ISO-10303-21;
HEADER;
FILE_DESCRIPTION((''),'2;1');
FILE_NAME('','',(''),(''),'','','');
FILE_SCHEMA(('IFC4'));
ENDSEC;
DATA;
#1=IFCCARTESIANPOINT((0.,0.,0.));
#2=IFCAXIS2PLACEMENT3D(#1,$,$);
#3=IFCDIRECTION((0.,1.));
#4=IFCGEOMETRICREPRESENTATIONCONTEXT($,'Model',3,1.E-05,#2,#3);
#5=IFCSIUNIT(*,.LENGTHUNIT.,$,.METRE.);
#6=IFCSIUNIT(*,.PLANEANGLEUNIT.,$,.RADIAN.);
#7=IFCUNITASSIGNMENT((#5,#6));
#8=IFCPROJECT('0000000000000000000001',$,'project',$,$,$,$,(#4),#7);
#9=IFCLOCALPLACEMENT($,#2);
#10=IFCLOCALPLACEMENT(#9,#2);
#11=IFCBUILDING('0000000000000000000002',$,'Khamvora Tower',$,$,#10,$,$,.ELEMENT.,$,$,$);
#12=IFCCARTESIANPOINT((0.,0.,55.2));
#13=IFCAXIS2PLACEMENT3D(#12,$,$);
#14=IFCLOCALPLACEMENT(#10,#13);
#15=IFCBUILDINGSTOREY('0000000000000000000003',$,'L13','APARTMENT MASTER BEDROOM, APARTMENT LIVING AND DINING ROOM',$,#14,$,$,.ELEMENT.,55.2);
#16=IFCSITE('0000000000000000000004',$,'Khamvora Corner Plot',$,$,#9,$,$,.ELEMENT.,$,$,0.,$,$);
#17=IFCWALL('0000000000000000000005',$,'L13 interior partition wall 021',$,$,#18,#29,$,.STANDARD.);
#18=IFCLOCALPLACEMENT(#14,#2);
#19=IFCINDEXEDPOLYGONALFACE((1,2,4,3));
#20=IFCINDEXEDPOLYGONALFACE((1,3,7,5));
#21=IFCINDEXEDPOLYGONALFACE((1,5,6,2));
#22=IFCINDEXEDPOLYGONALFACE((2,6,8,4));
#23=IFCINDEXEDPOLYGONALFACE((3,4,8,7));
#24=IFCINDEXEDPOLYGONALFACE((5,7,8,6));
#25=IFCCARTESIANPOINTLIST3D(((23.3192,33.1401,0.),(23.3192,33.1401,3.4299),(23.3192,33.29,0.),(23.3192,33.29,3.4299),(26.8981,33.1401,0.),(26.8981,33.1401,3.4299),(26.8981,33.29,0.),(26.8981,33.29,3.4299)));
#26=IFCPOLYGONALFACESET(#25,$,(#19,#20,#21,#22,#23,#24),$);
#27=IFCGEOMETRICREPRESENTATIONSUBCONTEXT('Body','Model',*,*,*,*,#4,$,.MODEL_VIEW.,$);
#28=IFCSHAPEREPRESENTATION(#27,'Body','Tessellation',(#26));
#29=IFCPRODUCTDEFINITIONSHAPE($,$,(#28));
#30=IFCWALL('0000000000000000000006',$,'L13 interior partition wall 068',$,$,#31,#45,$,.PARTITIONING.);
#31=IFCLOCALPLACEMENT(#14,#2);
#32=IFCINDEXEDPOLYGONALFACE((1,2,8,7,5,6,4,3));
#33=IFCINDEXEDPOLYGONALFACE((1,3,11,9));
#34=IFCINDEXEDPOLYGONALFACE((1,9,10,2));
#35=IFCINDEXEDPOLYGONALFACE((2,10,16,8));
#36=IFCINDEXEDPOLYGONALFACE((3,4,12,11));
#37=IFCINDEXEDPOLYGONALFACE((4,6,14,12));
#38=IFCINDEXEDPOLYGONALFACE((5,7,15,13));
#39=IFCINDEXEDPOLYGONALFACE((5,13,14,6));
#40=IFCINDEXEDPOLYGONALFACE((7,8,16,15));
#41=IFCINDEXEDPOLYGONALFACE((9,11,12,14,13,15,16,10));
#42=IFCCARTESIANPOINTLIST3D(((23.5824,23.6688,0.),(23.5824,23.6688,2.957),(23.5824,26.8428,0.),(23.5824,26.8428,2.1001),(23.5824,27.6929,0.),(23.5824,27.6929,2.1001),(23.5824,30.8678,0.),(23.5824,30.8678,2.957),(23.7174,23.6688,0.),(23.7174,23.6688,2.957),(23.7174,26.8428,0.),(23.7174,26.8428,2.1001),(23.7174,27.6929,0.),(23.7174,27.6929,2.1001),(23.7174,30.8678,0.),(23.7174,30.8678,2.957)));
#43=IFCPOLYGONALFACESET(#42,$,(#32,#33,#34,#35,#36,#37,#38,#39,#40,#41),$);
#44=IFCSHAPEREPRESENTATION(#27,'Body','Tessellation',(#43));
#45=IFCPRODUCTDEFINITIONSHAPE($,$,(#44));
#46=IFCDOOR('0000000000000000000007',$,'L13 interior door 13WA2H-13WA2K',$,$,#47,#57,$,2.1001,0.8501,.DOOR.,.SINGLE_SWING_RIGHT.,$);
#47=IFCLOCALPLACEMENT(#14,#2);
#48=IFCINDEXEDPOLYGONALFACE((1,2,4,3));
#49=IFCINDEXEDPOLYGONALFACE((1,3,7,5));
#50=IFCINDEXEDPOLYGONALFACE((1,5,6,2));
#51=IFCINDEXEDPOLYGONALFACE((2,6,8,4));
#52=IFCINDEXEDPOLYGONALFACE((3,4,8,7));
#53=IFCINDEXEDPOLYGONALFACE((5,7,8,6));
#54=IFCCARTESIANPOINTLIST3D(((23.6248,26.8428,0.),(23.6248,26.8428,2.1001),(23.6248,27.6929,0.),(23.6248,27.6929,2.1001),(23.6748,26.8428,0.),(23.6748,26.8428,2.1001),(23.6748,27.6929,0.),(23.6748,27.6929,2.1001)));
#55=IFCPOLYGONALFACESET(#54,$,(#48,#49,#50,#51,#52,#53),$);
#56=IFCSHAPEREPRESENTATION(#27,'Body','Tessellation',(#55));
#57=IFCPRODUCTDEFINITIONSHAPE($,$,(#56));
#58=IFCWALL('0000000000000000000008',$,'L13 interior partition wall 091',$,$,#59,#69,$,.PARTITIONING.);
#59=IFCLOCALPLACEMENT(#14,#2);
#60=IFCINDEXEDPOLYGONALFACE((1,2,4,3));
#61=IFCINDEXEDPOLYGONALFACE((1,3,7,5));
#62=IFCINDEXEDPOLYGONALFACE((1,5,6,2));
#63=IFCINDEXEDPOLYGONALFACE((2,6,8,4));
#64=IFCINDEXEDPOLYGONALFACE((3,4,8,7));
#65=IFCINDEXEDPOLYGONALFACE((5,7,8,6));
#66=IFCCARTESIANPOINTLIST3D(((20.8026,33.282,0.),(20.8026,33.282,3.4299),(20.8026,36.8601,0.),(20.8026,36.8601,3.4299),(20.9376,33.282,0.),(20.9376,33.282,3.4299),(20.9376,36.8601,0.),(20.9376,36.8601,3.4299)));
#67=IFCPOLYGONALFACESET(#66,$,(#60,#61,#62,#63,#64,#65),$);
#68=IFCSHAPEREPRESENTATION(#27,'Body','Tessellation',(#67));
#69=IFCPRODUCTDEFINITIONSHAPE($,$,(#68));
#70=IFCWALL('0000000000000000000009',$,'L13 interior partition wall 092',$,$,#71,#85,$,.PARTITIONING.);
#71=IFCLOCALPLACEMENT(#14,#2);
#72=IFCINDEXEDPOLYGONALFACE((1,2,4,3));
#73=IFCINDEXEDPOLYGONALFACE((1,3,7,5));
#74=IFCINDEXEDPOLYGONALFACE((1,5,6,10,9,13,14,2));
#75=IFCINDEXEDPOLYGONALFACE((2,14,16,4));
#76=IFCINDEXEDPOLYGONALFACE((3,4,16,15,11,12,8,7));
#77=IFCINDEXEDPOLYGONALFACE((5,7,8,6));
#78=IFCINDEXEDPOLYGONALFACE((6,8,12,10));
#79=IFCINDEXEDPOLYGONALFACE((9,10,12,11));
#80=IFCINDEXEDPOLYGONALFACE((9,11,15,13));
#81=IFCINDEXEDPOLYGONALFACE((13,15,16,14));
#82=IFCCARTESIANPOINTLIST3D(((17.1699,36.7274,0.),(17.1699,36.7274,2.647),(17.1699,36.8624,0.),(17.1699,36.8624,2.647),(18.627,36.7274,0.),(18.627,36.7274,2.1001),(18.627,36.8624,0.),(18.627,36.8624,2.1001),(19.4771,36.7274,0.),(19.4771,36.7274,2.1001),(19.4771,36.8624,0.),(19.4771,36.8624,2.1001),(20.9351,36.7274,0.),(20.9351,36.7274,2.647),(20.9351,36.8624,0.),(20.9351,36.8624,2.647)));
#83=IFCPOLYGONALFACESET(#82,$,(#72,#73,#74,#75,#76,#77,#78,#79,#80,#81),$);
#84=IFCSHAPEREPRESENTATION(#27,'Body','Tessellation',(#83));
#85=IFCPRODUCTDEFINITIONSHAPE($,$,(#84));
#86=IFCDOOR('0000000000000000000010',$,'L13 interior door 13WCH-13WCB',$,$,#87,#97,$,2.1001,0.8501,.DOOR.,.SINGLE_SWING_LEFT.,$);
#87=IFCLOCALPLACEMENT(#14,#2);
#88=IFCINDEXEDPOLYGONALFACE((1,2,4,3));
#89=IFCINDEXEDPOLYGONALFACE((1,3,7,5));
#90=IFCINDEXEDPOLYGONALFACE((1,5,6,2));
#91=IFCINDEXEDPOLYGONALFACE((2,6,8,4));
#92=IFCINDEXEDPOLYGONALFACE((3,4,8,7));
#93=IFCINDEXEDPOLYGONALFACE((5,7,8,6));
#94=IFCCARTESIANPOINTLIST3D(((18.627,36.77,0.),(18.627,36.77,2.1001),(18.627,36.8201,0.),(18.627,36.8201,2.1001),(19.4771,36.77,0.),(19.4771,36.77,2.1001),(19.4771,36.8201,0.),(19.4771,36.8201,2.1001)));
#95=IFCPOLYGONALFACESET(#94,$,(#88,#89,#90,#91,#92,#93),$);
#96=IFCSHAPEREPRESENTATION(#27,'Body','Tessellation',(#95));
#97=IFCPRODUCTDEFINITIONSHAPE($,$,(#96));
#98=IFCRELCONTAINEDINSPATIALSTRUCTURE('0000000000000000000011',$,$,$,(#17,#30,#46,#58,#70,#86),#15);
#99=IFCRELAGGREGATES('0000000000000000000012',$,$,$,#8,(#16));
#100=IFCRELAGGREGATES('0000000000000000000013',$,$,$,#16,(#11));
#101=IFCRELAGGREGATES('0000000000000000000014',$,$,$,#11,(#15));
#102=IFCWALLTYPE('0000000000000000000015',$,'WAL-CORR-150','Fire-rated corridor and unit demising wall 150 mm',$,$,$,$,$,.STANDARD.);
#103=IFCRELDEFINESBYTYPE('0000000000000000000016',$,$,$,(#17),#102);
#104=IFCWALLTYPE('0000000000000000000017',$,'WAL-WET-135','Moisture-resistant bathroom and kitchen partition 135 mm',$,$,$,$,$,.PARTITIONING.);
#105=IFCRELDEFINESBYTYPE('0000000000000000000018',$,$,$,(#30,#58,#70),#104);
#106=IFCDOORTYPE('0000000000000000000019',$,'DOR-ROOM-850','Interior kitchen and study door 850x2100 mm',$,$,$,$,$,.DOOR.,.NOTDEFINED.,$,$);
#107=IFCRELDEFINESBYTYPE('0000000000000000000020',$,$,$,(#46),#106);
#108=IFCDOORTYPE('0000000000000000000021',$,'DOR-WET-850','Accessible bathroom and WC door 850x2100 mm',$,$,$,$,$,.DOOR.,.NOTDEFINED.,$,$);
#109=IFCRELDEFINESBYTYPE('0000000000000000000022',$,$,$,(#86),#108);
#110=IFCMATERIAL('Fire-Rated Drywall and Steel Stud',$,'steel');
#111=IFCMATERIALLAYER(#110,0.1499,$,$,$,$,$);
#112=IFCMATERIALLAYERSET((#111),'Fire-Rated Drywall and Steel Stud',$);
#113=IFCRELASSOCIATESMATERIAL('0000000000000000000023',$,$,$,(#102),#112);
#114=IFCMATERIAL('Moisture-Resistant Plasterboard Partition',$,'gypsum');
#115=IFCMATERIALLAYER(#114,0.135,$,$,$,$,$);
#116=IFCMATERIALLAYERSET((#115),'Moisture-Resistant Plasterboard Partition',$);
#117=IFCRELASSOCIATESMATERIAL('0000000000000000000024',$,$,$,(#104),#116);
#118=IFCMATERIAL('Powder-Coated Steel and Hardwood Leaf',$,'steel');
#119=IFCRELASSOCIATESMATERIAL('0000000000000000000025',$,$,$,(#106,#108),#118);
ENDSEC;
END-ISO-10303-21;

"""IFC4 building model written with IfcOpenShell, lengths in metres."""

from ifc_helpers import new_model, si_unit, direction, frame, frame_2d, origin, place, context, subcontext, project, spatial, rectangle, extrude, material, layer, layer_set, type_object, element, fill, save


model = new_model("IFC4")

# Units and contexts
model_context = context("Model", 3, precision=1e-05, world=origin(), true_north=direction((0.0, 1.0)))
body_context = subcontext(model_context, "Body", "Model", "MODEL_VIEW")
ifc_project = project(units=[si_unit("LENGTHUNIT", "METRE"), si_unit("PLANEANGLEUNIT", "RADIAN")], contexts=[model_context])

# Site, building, storey
site_placement = place(None, origin())
site = spatial("IfcSite", under=ifc_project, at=site_placement, Name="Khamvora Corner Plot", CompositionType="ELEMENT", RefElevation=0.0)
building_placement = place(site_placement, origin())
building = spatial("IfcBuilding", under=site, at=building_placement, Name="Khamvora Tower", CompositionType="ELEMENT")
storey_placement = place(building_placement, frame((0.0, 0.0, 55.2)))
storey = spatial("IfcBuildingStorey", under=building, at=storey_placement, Name="L13", Description="APARTMENT MASTER BEDROOM, APARTMENT LIVING AND DINING ROOM", CompositionType="ELEMENT", Elevation=55.2)

# Shared definitions
ifc_material_1 = material(Name="Fire-Rated Drywall and Steel Stud", Category="steel")
ifc_layer_1 = layer(ifc_material_1, 0.1499)
ifc_layer_set_1 = layer_set([ifc_layer_1], Name="Fire-Rated Drywall and Steel Stud")
wall_type_1 = type_object("IfcWallType", Name="WAL-CORR-150", Description="Fire-rated corridor and unit demising wall 150 mm", PredefinedType="STANDARD", material=ifc_layer_set_1)

# Shared definitions
ifc_material_2 = material(Name="Powder-Coated Steel and Hardwood Leaf", Category="steel")

# Wall
wall_1_placement = place(storey_placement, frame((23.3191, 33.2151, 0.0), z_axis=(0.0, 0.0, 1.0), x_axis=(1.0, 0.0, 0.0)))
element("IfcWall", 1, at=wall_1_placement, inside=storey, type_object=wall_type_1, Name="L13 interior partition wall 021", PredefinedType="STANDARD", context=body_context, shape_type="SweptSolid", body=[
    extrude(rectangle(XDim=3.5789, YDim=0.1499, at=frame_2d((1.7896, 0.0))), origin(), (0.0, 0.0, 1.0), 3.4299),
])

# Wall, opening, door
ifc_material_3 = material(Name="Moisture-Resistant Plasterboard Partition", Category="gypsum")
ifc_layer_2 = layer(ifc_material_3, 0.135)
ifc_layer_set_2 = layer_set([ifc_layer_2], Name="Moisture-Resistant Plasterboard Partition")
wall_type_2 = type_object("IfcWallType", Name="WAL-WET-135", Description="Moisture-resistant bathroom and kitchen partition 135 mm", PredefinedType="PARTITIONING", material=ifc_layer_set_2)
wall_2_placement = place(storey_placement, frame((23.6499, 30.8679, 0.0), z_axis=(0.0, 0.0, 1.0), x_axis=(0.0, -1.0, 0.0)))
wall_2 = element("IfcWall", 2, at=wall_2_placement, inside=storey, type_object=wall_type_2, Name="L13 interior partition wall 068", PredefinedType="PARTITIONING", context=body_context, shape_type="SweptSolid", body=[
    extrude(rectangle(XDim=7.199, YDim=0.135, at=frame_2d((3.5996, 0.0))), origin(), (0.0, 0.0, 1.0), 2.957),
])
opening_1_placement = place(wall_2_placement, frame((3.175, 0.0, 0.0)))
opening_1 = element("IfcOpeningElement", 3, at=opening_1_placement, cuts=wall_2, PredefinedType="OPENING", context=body_context, shape_type="SweptSolid", body=[
    extrude(rectangle(XDim=0.8501, YDim=2.1001, at=frame_2d((0.425, 1.05))), frame((0.0, 0.0774, 0.0), z_axis=(0.0, -1.0, 0.0), x_axis=(1.0, 0.0, 0.0)), (0.0, 0.0, 1.0), 0.155),
])
door_type_1 = type_object("IfcDoorType", Name="DOR-ROOM-850", Description="Interior kitchen and study door 850x2100 mm", OperationType="NOTDEFINED", PredefinedType="DOOR", material=ifc_material_2)
door_1_placement = place(opening_1_placement, origin())
door_1 = element("IfcDoor", 4, at=door_1_placement, inside=storey, type_object=door_type_1, Name="L13 interior door 13WA2H-13WA2K", OperationType="SINGLE_SWING_RIGHT", OverallHeight=2.1001, OverallWidth=0.8501, PredefinedType="DOOR", context=body_context, shape_type="SweptSolid", body=[
    extrude(rectangle(XDim=0.8501, YDim=2.1001, at=frame_2d((0.425, 1.05))), frame((0.0, 0.0249, 0.0), z_axis=(0.0, -1.0, 0.0), x_axis=(1.0, 0.0, 0.0)), (0.0, 0.0, 1.0), 0.05),
])
fill(opening_1, door_1)

# Wall
wall_3_placement = place(storey_placement, frame((20.8701, 33.282, 0.0), z_axis=(0.0, 0.0, 1.0), x_axis=(0.0, 1.0, 0.0)))
element("IfcWall", 5, at=wall_3_placement, inside=storey, type_object=wall_type_2, Name="L13 interior partition wall 091", PredefinedType="PARTITIONING", context=body_context, shape_type="SweptSolid", body=[
    extrude(rectangle(XDim=3.5781, YDim=0.135, at=frame_2d((1.7891, 0.0))), origin(), (0.0, 0.0, 1.0), 3.4299),
])

# Wall, opening, door
wall_4_placement = place(storey_placement, frame((20.9351, 36.7949, 0.0), z_axis=(0.0, 0.0, 1.0), x_axis=(-1.0, 0.0, 0.0)))
wall_4 = element("IfcWall", 6, at=wall_4_placement, inside=storey, type_object=wall_type_2, Name="L13 interior partition wall 092", PredefinedType="PARTITIONING", context=body_context, shape_type="SweptSolid", body=[
    extrude(rectangle(XDim=3.7651, YDim=0.135, at=frame_2d((1.8826, 0.0))), origin(), (0.0, 0.0, 1.0), 2.647),
])
opening_2_placement = place(wall_4_placement, frame((1.458, 0.0, 0.0)))
opening_2 = element("IfcOpeningElement", 7, at=opening_2_placement, cuts=wall_4, PredefinedType="OPENING", context=body_context, shape_type="SweptSolid", body=[
    extrude(rectangle(XDim=0.8501, YDim=2.1001, at=frame_2d((0.425, 1.05))), frame((0.0, 0.0774, 0.0), z_axis=(0.0, -1.0, 0.0), x_axis=(1.0, 0.0, 0.0)), (0.0, 0.0, 1.0), 0.155),
])
door_type_2 = type_object("IfcDoorType", Name="DOR-WET-850", Description="Accessible bathroom and WC door 850x2100 mm", OperationType="NOTDEFINED", PredefinedType="DOOR", material=ifc_material_2)
door_2_placement = place(opening_2_placement, origin())
door_2 = element("IfcDoor", 8, at=door_2_placement, inside=storey, type_object=door_type_2, Name="L13 interior door 13WCH-13WCB", OperationType="SINGLE_SWING_LEFT", OverallHeight=2.1001, OverallWidth=0.8501, PredefinedType="DOOR", context=body_context, shape_type="SweptSolid", body=[
    extrude(rectangle(XDim=0.8501, YDim=2.1001, at=frame_2d((0.425, 1.05))), frame((0.0, 0.0249, 0.0), z_axis=(0.0, -1.0, 0.0), x_axis=(1.0, 0.0, 0.0)), (0.0, 0.0, 1.0), 0.05),
])
fill(opening_2, door_2)

save(model, "model.ifc")
